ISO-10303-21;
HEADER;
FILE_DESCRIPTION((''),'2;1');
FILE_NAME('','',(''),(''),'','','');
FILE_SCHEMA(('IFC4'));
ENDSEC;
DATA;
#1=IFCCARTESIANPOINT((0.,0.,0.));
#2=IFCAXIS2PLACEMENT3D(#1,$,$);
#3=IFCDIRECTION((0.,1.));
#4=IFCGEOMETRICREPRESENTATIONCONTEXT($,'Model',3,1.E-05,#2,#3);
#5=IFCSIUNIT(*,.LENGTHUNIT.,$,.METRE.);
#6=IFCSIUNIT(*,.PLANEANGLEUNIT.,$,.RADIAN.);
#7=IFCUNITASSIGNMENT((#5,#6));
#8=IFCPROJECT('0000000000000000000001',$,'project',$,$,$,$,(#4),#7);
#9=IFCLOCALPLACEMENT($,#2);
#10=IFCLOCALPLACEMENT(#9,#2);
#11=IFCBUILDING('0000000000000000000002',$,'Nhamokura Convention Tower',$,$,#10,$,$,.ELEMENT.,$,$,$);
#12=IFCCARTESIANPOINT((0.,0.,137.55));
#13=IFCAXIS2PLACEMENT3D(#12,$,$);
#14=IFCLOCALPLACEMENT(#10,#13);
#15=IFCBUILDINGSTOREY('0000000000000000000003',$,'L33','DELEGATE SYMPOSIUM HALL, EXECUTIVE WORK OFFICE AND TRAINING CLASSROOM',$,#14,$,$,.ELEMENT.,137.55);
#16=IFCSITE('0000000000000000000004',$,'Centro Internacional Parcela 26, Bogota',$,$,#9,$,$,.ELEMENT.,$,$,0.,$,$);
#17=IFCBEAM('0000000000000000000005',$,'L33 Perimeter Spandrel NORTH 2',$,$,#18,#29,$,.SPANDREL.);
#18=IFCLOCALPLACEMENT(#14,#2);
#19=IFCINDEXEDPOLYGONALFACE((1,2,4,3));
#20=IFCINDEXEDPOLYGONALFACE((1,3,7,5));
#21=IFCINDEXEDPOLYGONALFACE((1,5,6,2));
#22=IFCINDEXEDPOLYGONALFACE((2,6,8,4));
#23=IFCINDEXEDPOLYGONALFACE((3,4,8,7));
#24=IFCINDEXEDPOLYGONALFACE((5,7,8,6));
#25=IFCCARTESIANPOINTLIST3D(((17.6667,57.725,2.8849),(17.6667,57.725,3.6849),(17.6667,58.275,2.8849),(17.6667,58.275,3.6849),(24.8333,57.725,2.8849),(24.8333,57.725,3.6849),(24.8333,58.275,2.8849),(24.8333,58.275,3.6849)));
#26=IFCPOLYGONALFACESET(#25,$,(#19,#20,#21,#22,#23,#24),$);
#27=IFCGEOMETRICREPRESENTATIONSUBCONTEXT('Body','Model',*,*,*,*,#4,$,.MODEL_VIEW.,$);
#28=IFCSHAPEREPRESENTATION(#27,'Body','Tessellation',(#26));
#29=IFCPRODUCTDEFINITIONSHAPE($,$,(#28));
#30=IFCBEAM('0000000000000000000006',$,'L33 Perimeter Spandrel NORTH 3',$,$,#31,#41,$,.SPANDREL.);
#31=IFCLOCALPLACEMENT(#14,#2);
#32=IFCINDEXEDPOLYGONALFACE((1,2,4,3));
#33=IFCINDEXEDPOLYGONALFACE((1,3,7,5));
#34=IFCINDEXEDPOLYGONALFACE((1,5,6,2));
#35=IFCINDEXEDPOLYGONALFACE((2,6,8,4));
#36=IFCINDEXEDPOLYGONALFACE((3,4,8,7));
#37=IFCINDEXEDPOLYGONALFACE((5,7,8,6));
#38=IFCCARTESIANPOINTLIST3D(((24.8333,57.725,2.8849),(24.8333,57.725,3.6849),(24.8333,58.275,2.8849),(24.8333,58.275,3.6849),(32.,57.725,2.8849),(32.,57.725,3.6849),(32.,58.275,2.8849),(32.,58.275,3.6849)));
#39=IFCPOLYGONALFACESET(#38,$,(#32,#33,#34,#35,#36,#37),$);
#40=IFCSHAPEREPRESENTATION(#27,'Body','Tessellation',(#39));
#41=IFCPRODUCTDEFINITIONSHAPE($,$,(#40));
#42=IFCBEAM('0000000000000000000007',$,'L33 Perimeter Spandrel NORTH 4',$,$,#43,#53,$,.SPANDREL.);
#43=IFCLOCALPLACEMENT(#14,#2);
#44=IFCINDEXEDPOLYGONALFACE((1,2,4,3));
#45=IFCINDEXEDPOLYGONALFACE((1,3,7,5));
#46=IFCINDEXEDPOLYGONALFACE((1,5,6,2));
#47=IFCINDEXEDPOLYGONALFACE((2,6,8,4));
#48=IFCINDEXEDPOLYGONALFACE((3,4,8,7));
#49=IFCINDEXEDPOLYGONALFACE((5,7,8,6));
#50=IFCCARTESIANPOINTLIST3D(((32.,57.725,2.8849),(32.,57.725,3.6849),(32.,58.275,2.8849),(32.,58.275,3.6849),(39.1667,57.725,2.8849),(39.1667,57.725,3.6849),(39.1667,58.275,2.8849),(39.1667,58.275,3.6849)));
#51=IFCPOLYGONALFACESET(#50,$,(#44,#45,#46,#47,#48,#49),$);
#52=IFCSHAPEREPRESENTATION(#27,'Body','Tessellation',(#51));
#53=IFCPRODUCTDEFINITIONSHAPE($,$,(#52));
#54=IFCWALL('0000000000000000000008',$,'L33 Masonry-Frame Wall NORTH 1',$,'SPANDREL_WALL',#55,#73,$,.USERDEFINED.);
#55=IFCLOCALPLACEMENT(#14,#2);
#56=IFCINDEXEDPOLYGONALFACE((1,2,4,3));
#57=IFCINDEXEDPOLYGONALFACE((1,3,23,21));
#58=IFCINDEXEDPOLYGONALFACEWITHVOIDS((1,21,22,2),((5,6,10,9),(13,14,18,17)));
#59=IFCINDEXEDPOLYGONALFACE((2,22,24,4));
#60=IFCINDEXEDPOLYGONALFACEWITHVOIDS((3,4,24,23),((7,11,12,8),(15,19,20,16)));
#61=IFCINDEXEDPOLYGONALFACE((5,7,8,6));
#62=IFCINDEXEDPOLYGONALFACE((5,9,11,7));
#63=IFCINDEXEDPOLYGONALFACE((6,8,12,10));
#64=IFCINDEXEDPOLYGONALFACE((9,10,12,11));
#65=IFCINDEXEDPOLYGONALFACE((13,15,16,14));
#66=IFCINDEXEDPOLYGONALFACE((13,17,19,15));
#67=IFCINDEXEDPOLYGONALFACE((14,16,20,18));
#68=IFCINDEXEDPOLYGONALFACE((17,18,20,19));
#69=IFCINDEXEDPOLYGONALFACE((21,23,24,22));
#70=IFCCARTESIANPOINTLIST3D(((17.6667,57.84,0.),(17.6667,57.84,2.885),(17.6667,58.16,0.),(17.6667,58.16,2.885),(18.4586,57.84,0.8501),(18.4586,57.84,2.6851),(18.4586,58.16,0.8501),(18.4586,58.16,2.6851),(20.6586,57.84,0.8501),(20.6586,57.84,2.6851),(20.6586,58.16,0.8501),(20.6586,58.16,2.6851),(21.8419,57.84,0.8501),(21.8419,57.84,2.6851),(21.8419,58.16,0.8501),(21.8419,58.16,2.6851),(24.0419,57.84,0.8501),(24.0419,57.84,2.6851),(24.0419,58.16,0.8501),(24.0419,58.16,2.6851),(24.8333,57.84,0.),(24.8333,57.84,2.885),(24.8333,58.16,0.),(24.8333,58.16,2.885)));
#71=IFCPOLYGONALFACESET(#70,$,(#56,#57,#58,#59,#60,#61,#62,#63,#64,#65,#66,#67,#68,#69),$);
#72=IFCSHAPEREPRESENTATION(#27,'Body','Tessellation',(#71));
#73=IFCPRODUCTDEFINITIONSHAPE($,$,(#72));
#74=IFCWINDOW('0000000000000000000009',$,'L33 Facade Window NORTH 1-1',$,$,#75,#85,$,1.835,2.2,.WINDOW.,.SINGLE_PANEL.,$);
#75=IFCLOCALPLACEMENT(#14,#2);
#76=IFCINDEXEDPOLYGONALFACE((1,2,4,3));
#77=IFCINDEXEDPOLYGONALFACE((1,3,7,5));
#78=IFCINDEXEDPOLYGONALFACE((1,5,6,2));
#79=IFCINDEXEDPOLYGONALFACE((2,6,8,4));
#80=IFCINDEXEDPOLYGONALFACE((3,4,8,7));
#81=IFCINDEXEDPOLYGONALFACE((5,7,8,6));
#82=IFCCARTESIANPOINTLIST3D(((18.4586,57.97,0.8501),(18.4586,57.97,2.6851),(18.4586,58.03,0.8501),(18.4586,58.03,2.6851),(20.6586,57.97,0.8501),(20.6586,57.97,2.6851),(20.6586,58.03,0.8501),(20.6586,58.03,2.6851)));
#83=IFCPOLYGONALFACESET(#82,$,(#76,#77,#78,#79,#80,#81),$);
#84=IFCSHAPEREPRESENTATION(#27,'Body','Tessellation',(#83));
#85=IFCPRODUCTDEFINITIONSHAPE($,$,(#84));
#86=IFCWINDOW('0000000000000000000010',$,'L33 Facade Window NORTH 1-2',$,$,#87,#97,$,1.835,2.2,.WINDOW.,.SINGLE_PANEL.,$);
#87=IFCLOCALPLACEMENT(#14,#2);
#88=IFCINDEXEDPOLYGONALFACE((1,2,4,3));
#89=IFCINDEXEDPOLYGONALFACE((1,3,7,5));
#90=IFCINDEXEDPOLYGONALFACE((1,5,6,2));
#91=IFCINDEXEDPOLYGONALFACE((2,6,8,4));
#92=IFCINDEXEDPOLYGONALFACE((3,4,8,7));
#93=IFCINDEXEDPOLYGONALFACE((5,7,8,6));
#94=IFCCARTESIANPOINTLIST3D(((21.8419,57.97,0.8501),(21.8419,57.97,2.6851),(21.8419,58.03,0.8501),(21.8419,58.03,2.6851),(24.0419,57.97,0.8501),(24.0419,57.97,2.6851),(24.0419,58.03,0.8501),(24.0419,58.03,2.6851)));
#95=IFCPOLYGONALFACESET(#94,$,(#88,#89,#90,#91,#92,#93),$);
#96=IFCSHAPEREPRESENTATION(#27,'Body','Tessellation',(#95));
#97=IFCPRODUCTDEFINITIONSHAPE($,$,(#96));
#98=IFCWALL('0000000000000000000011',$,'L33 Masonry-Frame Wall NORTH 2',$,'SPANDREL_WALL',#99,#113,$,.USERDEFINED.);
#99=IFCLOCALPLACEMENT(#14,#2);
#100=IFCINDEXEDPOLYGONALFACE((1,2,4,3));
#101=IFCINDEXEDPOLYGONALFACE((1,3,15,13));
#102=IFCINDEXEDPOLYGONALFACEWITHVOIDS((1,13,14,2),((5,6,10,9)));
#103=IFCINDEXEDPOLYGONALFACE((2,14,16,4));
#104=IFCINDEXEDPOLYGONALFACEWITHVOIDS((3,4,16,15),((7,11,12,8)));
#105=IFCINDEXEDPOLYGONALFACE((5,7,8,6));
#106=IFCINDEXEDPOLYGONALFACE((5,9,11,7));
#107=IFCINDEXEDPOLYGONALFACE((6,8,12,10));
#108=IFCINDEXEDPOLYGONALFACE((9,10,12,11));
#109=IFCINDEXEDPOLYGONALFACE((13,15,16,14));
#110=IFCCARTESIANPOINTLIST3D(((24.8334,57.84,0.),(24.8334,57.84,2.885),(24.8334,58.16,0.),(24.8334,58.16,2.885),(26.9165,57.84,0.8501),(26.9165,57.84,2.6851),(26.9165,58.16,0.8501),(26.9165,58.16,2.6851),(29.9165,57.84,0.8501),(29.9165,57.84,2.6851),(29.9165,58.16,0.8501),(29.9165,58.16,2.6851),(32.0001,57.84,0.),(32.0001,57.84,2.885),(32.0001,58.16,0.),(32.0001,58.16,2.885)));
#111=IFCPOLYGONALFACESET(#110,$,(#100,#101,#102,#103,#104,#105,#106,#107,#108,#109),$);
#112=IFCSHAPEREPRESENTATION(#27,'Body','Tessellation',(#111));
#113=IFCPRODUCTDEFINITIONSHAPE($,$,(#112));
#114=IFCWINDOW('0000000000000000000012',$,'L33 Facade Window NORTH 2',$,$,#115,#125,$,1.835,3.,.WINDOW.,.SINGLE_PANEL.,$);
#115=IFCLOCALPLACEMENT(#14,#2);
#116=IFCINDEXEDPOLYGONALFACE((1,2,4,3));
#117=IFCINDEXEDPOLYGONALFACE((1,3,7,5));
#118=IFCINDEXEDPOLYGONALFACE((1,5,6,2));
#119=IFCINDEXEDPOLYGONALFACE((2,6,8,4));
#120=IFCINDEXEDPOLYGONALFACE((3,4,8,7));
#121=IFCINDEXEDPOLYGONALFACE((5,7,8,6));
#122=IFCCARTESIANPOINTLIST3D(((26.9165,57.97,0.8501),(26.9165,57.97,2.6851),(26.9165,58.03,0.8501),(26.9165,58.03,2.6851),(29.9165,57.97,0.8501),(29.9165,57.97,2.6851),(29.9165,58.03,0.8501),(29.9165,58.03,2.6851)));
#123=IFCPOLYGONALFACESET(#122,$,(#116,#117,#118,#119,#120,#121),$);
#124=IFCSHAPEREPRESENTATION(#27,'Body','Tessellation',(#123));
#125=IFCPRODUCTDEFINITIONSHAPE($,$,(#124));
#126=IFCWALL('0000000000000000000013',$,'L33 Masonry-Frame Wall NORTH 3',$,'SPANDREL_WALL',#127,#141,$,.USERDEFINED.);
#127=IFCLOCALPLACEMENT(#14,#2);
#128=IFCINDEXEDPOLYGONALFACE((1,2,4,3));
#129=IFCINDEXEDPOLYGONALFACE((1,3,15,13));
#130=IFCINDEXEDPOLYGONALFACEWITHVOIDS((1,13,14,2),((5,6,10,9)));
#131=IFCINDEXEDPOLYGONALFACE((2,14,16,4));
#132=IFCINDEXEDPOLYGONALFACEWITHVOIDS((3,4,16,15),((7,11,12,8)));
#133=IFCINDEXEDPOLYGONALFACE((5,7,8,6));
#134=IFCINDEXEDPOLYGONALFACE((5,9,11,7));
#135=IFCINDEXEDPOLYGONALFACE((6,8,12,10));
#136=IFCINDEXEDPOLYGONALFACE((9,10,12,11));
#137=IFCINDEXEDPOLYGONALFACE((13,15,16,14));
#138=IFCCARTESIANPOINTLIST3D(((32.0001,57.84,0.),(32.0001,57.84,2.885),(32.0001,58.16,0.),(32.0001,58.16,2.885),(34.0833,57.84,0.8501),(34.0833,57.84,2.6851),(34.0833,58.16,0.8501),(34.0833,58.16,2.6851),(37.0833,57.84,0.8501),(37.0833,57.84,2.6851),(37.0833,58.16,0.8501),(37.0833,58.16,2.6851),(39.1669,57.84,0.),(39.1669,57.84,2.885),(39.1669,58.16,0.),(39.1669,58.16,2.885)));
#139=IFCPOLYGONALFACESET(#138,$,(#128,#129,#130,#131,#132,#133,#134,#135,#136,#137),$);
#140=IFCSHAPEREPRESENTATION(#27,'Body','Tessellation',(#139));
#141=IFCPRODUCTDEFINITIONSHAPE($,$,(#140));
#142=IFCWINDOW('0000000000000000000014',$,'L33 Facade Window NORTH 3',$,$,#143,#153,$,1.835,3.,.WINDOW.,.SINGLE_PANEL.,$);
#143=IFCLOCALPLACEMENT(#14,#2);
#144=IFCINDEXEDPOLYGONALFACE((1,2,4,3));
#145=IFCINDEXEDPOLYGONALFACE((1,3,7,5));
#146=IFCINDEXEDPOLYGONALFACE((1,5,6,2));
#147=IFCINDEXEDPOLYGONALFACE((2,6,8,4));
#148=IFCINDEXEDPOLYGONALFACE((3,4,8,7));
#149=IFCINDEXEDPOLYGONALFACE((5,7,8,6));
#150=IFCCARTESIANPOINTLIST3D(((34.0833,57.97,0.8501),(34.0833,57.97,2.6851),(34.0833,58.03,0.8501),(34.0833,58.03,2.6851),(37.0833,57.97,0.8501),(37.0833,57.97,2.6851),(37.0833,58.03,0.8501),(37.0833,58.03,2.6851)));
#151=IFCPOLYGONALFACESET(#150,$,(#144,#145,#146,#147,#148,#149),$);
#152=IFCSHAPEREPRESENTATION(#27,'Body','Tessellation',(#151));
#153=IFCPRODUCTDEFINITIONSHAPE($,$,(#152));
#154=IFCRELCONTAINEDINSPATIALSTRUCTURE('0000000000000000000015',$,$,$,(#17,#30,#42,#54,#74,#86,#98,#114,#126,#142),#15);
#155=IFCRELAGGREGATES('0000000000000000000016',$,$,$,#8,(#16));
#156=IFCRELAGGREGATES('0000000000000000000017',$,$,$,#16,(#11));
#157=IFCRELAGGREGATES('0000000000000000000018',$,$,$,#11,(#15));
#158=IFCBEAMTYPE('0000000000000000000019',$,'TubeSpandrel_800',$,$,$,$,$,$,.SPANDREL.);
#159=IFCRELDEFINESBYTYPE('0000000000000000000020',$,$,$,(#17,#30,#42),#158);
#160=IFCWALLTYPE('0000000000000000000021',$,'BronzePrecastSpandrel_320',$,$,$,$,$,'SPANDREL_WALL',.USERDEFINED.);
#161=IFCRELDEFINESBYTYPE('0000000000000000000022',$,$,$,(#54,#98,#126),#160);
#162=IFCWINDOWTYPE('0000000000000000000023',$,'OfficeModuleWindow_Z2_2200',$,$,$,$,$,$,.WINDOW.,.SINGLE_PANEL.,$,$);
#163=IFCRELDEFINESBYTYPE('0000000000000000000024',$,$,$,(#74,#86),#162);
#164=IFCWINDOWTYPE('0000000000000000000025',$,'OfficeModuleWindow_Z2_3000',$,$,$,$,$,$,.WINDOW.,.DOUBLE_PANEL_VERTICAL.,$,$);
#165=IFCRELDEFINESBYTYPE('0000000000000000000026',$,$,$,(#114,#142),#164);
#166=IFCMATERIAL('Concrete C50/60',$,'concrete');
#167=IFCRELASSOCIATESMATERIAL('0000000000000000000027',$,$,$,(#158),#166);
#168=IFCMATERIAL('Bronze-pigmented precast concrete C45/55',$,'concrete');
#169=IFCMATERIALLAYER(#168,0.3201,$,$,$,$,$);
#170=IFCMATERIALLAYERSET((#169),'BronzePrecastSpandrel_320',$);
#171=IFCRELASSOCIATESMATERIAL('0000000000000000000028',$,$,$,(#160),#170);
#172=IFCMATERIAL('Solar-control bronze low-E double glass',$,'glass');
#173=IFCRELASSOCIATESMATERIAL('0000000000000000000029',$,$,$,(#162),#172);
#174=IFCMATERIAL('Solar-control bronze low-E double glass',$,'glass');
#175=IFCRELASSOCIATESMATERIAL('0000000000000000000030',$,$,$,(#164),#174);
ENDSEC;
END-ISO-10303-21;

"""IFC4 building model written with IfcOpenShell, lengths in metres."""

from ifc_helpers import new_model, si_unit, direction, frame, frame_2d, origin, origin_2d, place, context, subcontext, project, spatial, rectangle, extrude, material, layer, layer_set, material_profile, profile_set, type_object, element, fill, save


model = new_model("IFC4")

# Units and contexts
model_context = context("Model", 3, precision=1e-05, world=origin(), true_north=direction((0.0, 1.0)))
body_context = subcontext(model_context, "Body", "Model", "MODEL_VIEW")
ifc_project = project(units=[si_unit("LENGTHUNIT", "METRE"), si_unit("PLANEANGLEUNIT", "RADIAN")], contexts=[model_context])

# Site, building, storey
site_placement = place(None, origin())
site = spatial("IfcSite", under=ifc_project, at=site_placement, Name="Centro Internacional Parcela 26, Bogota", CompositionType="ELEMENT", RefElevation=0.0)
building_placement = place(site_placement, origin())
building = spatial("IfcBuilding", under=site, at=building_placement, Name="Nhamokura Convention Tower", CompositionType="ELEMENT")
storey_placement = place(building_placement, frame((0.0, 0.0, 137.55)))
storey = spatial("IfcBuildingStorey", under=building, at=storey_placement, Name="L33", Description="DELEGATE SYMPOSIUM HALL, EXECUTIVE WORK OFFICE AND TRAINING CLASSROOM", CompositionType="ELEMENT", Elevation=137.55)

# Beams
ifc_material_1 = material(Name="Concrete C50/60", Category="concrete")
ifc_material_profile_1 = material_profile(ifc_material_1, rectangle(XDim=0.55, YDim=0.8, at=origin_2d()))
ifc_profile_set_1 = profile_set([ifc_material_profile_1], Name="Concrete C50/60")
beam_type_1 = type_object("IfcBeamType", Name="TubeSpandrel_800", PredefinedType="SPANDREL", material=ifc_profile_set_1)
beam_1_placement = place(storey_placement, frame((17.6667, 58.0, 3.2849), z_axis=(1.0, 0.0, 0.0), x_axis=(0.0, 1.0, 0.0)))
element("IfcBeam", 1, at=beam_1_placement, inside=storey, type_object=beam_type_1, Name="L33 Perimeter Spandrel NORTH 2", PredefinedType="SPANDREL", context=body_context, shape_type="SweptSolid", body=[
    extrude(rectangle(XDim=0.55, YDim=0.8, at=origin_2d()), origin(), (0.0, 0.0, 1.0), 7.1665),
])
for number, where, z_axis, x_axis, name in (
    (2, (24.8333, 58.0, 3.2849), (1.0, 0.0, 0.0), (0.0, 1.0, 0.0), "L33 Perimeter Spandrel NORTH 3"),
    (3, (32.0, 58.0, 3.2849), (1.0, 0.0, 0.0), (0.0, 1.0, 0.0), "L33 Perimeter Spandrel NORTH 4"),
):
    element("IfcBeam", number, at=place(storey_placement, frame(where, z_axis=z_axis, x_axis=x_axis)), inside=storey, type_object=beam_type_1, Name=name, PredefinedType="SPANDREL", context=body_context, shape_type="SweptSolid", body=[
        extrude(rectangle(XDim=0.55, YDim=0.8, at=origin_2d()), origin(), (0.0, 0.0, 1.0), 7.1667),
    ])

# Wall, openings, windows
ifc_material_2 = material(Name="Bronze-pigmented precast concrete C45/55", Category="concrete")
ifc_layer = layer(ifc_material_2, 0.3201)
ifc_layer_set = layer_set([ifc_layer], Name="BronzePrecastSpandrel_320")
wall_type = type_object("IfcWallType", Name="BronzePrecastSpandrel_320", ElementType="SPANDREL_WALL", PredefinedType="USERDEFINED", material=ifc_layer_set)
wall_1_placement = place(storey_placement, frame((17.6667, 58.0, 0.0), z_axis=(0.0, 0.0, 1.0), x_axis=(1.0, 0.0, 0.0)))
wall_1 = element("IfcWall", 4, at=wall_1_placement, inside=storey, type_object=wall_type, Name="L33 Masonry-Frame Wall NORTH 1", ObjectType="SPANDREL_WALL", PredefinedType="USERDEFINED", context=body_context, shape_type="SweptSolid", body=[
    extrude(rectangle(XDim=7.1665, YDim=0.3201, at=frame_2d((3.5833, 0.0))), origin(), (0.0, 0.0, 1.0), 2.885),
])
opening_1_placement = place(wall_1_placement, frame((0.7917, 0.0, 0.8501)))
opening_1 = element("IfcOpeningElement", 5, at=opening_1_placement, cuts=wall_1, PredefinedType="OPENING", context=body_context, shape_type="SweptSolid", body=[
    extrude(rectangle(XDim=2.2, YDim=1.835, at=frame_2d((1.1001, 0.9175))), frame((0.0, 0.1699, 0.0), z_axis=(0.0, -1.0, 0.0), x_axis=(1.0, 0.0, 0.0)), (0.0, 0.0, 1.0), 0.3401),
])
opening_2_placement = place(wall_1_placement, frame((4.175, 0.0, 0.8501)))
opening_2 = element("IfcOpeningElement", 6, at=opening_2_placement, cuts=wall_1, PredefinedType="OPENING", context=body_context, shape_type="SweptSolid", body=[
    extrude(rectangle(XDim=2.2, YDim=1.835, at=frame_2d((1.1001, 0.9175))), frame((0.0, 0.1699, 0.0), z_axis=(0.0, -1.0, 0.0), x_axis=(1.0, 0.0, 0.0)), (0.0, 0.0, 1.0), 0.3401),
])
ifc_material_3 = material(Name="Solar-control bronze low-E double glass", Category="glass")
window_type_1 = type_object("IfcWindowType", Name="OfficeModuleWindow_Z2_2200", PartitioningType="SINGLE_PANEL", PredefinedType="WINDOW", material=ifc_material_3)
window_1_placement = place(opening_1_placement, origin())
window_1 = element("IfcWindow", 7, at=window_1_placement, inside=storey, type_object=window_type_1, Name="L33 Facade Window NORTH 1-1", OverallHeight=1.835, OverallWidth=2.2, PartitioningType="SINGLE_PANEL", PredefinedType="WINDOW", context=body_context, shape_type="SweptSolid", body=[
    extrude(rectangle(XDim=2.2, YDim=1.835, at=frame_2d((1.1001, 0.9175))), frame((0.0, 0.03, 0.0), z_axis=(0.0, -1.0, 0.0), x_axis=(1.0, 0.0, 0.0)), (0.0, 0.0, 1.0), 0.0601),
])
fill(opening_1, window_1)
window_2_placement = place(opening_2_placement, origin())
window_2 = element("IfcWindow", 8, at=window_2_placement, inside=storey, type_object=window_type_1, Name="L33 Facade Window NORTH 1-2", OverallHeight=1.835, OverallWidth=2.2, PartitioningType="SINGLE_PANEL", PredefinedType="WINDOW", context=body_context, shape_type="SweptSolid", body=[
    extrude(rectangle(XDim=2.2, YDim=1.835, at=frame_2d((1.1001, 0.9175))), frame((0.0, 0.03, 0.0), z_axis=(0.0, -1.0, 0.0), x_axis=(1.0, 0.0, 0.0)), (0.0, 0.0, 1.0), 0.0601),
])
fill(opening_2, window_2)

# Walls, openings, windows
wall_2_placement = place(storey_placement, frame((24.8333, 58.0, 0.0), z_axis=(0.0, 0.0, 1.0), x_axis=(1.0, 0.0, 0.0)))
wall_2 = element("IfcWall", 9, at=wall_2_placement, inside=storey, type_object=wall_type, Name="L33 Masonry-Frame Wall NORTH 2", ObjectType="SPANDREL_WALL", PredefinedType="USERDEFINED", context=body_context, shape_type="SweptSolid", body=[
    extrude(rectangle(XDim=7.1667, YDim=0.3201, at=frame_2d((3.5835, 0.0))), origin(), (0.0, 0.0, 1.0), 2.885),
])
opening_3_placement = place(wall_2_placement, frame((2.0833, 0.0, 0.8501)))
opening_3 = element("IfcOpeningElement", 10, at=opening_3_placement, cuts=wall_2, PredefinedType="OPENING", context=body_context, shape_type="SweptSolid", body=[
    extrude(rectangle(XDim=3.0, YDim=1.835, at=frame_2d((1.5, 0.9175))), frame((0.0, 0.1699, 0.0), z_axis=(0.0, -1.0, 0.0), x_axis=(1.0, 0.0, 0.0)), (0.0, 0.0, 1.0), 0.3401),
])
ifc_material_4 = material(Name="Solar-control bronze low-E double glass", Category="glass")
window_type_2 = type_object("IfcWindowType", Name="OfficeModuleWindow_Z2_3000", PartitioningType="DOUBLE_PANEL_VERTICAL", PredefinedType="WINDOW", material=ifc_material_4)
window_3_placement = place(opening_3_placement, origin())
window_3 = element("IfcWindow", 11, at=window_3_placement, inside=storey, type_object=window_type_2, Name="L33 Facade Window NORTH 2", OverallHeight=1.835, OverallWidth=3.0, PartitioningType="SINGLE_PANEL", PredefinedType="WINDOW", context=body_context, shape_type="SweptSolid", body=[
    extrude(rectangle(XDim=3.0, YDim=1.835, at=frame_2d((1.5, 0.9175))), frame((0.0, 0.03, 0.0), z_axis=(0.0, -1.0, 0.0), x_axis=(1.0, 0.0, 0.0)), (0.0, 0.0, 1.0), 0.0601),
])
fill(opening_3, window_3)
wall_3_placement = place(storey_placement, frame((32.0, 58.0, 0.0), z_axis=(0.0, 0.0, 1.0), x_axis=(1.0, 0.0, 0.0)))
wall_3 = element("IfcWall", 12, at=wall_3_placement, inside=storey, type_object=wall_type, Name="L33 Masonry-Frame Wall NORTH 3", ObjectType="SPANDREL_WALL", PredefinedType="USERDEFINED", context=body_context, shape_type="SweptSolid", body=[
    extrude(rectangle(XDim=7.1667, YDim=0.3201, at=frame_2d((3.5835, 0.0))), origin(), (0.0, 0.0, 1.0), 2.885),
])
opening_4_placement = place(wall_3_placement, frame((2.0833, 0.0, 0.8501)))
opening_4 = element("IfcOpeningElement", 13, at=opening_4_placement, cuts=wall_3, PredefinedType="OPENING", context=body_context, shape_type="SweptSolid", body=[
    extrude(rectangle(XDim=3.0, YDim=1.835, at=frame_2d((1.5, 0.9175))), frame((0.0, 0.1699, 0.0), z_axis=(0.0, -1.0, 0.0), x_axis=(1.0, 0.0, 0.0)), (0.0, 0.0, 1.0), 0.3401),
])
window_4_placement = place(opening_4_placement, origin())
window_4 = element("IfcWindow", 14, at=window_4_placement, inside=storey, type_object=window_type_2, Name="L33 Facade Window NORTH 3", OverallHeight=1.835, OverallWidth=3.0, PartitioningType="SINGLE_PANEL", PredefinedType="WINDOW", context=body_context, shape_type="SweptSolid", body=[
    extrude(rectangle(XDim=3.0, YDim=1.835, at=frame_2d((1.5, 0.9175))), frame((0.0, 0.03, 0.0), z_axis=(0.0, -1.0, 0.0), x_axis=(1.0, 0.0, 0.0)), (0.0, 0.0, 1.0), 0.0601),
])
fill(opening_4, window_4)

save(model, "model.ifc")
